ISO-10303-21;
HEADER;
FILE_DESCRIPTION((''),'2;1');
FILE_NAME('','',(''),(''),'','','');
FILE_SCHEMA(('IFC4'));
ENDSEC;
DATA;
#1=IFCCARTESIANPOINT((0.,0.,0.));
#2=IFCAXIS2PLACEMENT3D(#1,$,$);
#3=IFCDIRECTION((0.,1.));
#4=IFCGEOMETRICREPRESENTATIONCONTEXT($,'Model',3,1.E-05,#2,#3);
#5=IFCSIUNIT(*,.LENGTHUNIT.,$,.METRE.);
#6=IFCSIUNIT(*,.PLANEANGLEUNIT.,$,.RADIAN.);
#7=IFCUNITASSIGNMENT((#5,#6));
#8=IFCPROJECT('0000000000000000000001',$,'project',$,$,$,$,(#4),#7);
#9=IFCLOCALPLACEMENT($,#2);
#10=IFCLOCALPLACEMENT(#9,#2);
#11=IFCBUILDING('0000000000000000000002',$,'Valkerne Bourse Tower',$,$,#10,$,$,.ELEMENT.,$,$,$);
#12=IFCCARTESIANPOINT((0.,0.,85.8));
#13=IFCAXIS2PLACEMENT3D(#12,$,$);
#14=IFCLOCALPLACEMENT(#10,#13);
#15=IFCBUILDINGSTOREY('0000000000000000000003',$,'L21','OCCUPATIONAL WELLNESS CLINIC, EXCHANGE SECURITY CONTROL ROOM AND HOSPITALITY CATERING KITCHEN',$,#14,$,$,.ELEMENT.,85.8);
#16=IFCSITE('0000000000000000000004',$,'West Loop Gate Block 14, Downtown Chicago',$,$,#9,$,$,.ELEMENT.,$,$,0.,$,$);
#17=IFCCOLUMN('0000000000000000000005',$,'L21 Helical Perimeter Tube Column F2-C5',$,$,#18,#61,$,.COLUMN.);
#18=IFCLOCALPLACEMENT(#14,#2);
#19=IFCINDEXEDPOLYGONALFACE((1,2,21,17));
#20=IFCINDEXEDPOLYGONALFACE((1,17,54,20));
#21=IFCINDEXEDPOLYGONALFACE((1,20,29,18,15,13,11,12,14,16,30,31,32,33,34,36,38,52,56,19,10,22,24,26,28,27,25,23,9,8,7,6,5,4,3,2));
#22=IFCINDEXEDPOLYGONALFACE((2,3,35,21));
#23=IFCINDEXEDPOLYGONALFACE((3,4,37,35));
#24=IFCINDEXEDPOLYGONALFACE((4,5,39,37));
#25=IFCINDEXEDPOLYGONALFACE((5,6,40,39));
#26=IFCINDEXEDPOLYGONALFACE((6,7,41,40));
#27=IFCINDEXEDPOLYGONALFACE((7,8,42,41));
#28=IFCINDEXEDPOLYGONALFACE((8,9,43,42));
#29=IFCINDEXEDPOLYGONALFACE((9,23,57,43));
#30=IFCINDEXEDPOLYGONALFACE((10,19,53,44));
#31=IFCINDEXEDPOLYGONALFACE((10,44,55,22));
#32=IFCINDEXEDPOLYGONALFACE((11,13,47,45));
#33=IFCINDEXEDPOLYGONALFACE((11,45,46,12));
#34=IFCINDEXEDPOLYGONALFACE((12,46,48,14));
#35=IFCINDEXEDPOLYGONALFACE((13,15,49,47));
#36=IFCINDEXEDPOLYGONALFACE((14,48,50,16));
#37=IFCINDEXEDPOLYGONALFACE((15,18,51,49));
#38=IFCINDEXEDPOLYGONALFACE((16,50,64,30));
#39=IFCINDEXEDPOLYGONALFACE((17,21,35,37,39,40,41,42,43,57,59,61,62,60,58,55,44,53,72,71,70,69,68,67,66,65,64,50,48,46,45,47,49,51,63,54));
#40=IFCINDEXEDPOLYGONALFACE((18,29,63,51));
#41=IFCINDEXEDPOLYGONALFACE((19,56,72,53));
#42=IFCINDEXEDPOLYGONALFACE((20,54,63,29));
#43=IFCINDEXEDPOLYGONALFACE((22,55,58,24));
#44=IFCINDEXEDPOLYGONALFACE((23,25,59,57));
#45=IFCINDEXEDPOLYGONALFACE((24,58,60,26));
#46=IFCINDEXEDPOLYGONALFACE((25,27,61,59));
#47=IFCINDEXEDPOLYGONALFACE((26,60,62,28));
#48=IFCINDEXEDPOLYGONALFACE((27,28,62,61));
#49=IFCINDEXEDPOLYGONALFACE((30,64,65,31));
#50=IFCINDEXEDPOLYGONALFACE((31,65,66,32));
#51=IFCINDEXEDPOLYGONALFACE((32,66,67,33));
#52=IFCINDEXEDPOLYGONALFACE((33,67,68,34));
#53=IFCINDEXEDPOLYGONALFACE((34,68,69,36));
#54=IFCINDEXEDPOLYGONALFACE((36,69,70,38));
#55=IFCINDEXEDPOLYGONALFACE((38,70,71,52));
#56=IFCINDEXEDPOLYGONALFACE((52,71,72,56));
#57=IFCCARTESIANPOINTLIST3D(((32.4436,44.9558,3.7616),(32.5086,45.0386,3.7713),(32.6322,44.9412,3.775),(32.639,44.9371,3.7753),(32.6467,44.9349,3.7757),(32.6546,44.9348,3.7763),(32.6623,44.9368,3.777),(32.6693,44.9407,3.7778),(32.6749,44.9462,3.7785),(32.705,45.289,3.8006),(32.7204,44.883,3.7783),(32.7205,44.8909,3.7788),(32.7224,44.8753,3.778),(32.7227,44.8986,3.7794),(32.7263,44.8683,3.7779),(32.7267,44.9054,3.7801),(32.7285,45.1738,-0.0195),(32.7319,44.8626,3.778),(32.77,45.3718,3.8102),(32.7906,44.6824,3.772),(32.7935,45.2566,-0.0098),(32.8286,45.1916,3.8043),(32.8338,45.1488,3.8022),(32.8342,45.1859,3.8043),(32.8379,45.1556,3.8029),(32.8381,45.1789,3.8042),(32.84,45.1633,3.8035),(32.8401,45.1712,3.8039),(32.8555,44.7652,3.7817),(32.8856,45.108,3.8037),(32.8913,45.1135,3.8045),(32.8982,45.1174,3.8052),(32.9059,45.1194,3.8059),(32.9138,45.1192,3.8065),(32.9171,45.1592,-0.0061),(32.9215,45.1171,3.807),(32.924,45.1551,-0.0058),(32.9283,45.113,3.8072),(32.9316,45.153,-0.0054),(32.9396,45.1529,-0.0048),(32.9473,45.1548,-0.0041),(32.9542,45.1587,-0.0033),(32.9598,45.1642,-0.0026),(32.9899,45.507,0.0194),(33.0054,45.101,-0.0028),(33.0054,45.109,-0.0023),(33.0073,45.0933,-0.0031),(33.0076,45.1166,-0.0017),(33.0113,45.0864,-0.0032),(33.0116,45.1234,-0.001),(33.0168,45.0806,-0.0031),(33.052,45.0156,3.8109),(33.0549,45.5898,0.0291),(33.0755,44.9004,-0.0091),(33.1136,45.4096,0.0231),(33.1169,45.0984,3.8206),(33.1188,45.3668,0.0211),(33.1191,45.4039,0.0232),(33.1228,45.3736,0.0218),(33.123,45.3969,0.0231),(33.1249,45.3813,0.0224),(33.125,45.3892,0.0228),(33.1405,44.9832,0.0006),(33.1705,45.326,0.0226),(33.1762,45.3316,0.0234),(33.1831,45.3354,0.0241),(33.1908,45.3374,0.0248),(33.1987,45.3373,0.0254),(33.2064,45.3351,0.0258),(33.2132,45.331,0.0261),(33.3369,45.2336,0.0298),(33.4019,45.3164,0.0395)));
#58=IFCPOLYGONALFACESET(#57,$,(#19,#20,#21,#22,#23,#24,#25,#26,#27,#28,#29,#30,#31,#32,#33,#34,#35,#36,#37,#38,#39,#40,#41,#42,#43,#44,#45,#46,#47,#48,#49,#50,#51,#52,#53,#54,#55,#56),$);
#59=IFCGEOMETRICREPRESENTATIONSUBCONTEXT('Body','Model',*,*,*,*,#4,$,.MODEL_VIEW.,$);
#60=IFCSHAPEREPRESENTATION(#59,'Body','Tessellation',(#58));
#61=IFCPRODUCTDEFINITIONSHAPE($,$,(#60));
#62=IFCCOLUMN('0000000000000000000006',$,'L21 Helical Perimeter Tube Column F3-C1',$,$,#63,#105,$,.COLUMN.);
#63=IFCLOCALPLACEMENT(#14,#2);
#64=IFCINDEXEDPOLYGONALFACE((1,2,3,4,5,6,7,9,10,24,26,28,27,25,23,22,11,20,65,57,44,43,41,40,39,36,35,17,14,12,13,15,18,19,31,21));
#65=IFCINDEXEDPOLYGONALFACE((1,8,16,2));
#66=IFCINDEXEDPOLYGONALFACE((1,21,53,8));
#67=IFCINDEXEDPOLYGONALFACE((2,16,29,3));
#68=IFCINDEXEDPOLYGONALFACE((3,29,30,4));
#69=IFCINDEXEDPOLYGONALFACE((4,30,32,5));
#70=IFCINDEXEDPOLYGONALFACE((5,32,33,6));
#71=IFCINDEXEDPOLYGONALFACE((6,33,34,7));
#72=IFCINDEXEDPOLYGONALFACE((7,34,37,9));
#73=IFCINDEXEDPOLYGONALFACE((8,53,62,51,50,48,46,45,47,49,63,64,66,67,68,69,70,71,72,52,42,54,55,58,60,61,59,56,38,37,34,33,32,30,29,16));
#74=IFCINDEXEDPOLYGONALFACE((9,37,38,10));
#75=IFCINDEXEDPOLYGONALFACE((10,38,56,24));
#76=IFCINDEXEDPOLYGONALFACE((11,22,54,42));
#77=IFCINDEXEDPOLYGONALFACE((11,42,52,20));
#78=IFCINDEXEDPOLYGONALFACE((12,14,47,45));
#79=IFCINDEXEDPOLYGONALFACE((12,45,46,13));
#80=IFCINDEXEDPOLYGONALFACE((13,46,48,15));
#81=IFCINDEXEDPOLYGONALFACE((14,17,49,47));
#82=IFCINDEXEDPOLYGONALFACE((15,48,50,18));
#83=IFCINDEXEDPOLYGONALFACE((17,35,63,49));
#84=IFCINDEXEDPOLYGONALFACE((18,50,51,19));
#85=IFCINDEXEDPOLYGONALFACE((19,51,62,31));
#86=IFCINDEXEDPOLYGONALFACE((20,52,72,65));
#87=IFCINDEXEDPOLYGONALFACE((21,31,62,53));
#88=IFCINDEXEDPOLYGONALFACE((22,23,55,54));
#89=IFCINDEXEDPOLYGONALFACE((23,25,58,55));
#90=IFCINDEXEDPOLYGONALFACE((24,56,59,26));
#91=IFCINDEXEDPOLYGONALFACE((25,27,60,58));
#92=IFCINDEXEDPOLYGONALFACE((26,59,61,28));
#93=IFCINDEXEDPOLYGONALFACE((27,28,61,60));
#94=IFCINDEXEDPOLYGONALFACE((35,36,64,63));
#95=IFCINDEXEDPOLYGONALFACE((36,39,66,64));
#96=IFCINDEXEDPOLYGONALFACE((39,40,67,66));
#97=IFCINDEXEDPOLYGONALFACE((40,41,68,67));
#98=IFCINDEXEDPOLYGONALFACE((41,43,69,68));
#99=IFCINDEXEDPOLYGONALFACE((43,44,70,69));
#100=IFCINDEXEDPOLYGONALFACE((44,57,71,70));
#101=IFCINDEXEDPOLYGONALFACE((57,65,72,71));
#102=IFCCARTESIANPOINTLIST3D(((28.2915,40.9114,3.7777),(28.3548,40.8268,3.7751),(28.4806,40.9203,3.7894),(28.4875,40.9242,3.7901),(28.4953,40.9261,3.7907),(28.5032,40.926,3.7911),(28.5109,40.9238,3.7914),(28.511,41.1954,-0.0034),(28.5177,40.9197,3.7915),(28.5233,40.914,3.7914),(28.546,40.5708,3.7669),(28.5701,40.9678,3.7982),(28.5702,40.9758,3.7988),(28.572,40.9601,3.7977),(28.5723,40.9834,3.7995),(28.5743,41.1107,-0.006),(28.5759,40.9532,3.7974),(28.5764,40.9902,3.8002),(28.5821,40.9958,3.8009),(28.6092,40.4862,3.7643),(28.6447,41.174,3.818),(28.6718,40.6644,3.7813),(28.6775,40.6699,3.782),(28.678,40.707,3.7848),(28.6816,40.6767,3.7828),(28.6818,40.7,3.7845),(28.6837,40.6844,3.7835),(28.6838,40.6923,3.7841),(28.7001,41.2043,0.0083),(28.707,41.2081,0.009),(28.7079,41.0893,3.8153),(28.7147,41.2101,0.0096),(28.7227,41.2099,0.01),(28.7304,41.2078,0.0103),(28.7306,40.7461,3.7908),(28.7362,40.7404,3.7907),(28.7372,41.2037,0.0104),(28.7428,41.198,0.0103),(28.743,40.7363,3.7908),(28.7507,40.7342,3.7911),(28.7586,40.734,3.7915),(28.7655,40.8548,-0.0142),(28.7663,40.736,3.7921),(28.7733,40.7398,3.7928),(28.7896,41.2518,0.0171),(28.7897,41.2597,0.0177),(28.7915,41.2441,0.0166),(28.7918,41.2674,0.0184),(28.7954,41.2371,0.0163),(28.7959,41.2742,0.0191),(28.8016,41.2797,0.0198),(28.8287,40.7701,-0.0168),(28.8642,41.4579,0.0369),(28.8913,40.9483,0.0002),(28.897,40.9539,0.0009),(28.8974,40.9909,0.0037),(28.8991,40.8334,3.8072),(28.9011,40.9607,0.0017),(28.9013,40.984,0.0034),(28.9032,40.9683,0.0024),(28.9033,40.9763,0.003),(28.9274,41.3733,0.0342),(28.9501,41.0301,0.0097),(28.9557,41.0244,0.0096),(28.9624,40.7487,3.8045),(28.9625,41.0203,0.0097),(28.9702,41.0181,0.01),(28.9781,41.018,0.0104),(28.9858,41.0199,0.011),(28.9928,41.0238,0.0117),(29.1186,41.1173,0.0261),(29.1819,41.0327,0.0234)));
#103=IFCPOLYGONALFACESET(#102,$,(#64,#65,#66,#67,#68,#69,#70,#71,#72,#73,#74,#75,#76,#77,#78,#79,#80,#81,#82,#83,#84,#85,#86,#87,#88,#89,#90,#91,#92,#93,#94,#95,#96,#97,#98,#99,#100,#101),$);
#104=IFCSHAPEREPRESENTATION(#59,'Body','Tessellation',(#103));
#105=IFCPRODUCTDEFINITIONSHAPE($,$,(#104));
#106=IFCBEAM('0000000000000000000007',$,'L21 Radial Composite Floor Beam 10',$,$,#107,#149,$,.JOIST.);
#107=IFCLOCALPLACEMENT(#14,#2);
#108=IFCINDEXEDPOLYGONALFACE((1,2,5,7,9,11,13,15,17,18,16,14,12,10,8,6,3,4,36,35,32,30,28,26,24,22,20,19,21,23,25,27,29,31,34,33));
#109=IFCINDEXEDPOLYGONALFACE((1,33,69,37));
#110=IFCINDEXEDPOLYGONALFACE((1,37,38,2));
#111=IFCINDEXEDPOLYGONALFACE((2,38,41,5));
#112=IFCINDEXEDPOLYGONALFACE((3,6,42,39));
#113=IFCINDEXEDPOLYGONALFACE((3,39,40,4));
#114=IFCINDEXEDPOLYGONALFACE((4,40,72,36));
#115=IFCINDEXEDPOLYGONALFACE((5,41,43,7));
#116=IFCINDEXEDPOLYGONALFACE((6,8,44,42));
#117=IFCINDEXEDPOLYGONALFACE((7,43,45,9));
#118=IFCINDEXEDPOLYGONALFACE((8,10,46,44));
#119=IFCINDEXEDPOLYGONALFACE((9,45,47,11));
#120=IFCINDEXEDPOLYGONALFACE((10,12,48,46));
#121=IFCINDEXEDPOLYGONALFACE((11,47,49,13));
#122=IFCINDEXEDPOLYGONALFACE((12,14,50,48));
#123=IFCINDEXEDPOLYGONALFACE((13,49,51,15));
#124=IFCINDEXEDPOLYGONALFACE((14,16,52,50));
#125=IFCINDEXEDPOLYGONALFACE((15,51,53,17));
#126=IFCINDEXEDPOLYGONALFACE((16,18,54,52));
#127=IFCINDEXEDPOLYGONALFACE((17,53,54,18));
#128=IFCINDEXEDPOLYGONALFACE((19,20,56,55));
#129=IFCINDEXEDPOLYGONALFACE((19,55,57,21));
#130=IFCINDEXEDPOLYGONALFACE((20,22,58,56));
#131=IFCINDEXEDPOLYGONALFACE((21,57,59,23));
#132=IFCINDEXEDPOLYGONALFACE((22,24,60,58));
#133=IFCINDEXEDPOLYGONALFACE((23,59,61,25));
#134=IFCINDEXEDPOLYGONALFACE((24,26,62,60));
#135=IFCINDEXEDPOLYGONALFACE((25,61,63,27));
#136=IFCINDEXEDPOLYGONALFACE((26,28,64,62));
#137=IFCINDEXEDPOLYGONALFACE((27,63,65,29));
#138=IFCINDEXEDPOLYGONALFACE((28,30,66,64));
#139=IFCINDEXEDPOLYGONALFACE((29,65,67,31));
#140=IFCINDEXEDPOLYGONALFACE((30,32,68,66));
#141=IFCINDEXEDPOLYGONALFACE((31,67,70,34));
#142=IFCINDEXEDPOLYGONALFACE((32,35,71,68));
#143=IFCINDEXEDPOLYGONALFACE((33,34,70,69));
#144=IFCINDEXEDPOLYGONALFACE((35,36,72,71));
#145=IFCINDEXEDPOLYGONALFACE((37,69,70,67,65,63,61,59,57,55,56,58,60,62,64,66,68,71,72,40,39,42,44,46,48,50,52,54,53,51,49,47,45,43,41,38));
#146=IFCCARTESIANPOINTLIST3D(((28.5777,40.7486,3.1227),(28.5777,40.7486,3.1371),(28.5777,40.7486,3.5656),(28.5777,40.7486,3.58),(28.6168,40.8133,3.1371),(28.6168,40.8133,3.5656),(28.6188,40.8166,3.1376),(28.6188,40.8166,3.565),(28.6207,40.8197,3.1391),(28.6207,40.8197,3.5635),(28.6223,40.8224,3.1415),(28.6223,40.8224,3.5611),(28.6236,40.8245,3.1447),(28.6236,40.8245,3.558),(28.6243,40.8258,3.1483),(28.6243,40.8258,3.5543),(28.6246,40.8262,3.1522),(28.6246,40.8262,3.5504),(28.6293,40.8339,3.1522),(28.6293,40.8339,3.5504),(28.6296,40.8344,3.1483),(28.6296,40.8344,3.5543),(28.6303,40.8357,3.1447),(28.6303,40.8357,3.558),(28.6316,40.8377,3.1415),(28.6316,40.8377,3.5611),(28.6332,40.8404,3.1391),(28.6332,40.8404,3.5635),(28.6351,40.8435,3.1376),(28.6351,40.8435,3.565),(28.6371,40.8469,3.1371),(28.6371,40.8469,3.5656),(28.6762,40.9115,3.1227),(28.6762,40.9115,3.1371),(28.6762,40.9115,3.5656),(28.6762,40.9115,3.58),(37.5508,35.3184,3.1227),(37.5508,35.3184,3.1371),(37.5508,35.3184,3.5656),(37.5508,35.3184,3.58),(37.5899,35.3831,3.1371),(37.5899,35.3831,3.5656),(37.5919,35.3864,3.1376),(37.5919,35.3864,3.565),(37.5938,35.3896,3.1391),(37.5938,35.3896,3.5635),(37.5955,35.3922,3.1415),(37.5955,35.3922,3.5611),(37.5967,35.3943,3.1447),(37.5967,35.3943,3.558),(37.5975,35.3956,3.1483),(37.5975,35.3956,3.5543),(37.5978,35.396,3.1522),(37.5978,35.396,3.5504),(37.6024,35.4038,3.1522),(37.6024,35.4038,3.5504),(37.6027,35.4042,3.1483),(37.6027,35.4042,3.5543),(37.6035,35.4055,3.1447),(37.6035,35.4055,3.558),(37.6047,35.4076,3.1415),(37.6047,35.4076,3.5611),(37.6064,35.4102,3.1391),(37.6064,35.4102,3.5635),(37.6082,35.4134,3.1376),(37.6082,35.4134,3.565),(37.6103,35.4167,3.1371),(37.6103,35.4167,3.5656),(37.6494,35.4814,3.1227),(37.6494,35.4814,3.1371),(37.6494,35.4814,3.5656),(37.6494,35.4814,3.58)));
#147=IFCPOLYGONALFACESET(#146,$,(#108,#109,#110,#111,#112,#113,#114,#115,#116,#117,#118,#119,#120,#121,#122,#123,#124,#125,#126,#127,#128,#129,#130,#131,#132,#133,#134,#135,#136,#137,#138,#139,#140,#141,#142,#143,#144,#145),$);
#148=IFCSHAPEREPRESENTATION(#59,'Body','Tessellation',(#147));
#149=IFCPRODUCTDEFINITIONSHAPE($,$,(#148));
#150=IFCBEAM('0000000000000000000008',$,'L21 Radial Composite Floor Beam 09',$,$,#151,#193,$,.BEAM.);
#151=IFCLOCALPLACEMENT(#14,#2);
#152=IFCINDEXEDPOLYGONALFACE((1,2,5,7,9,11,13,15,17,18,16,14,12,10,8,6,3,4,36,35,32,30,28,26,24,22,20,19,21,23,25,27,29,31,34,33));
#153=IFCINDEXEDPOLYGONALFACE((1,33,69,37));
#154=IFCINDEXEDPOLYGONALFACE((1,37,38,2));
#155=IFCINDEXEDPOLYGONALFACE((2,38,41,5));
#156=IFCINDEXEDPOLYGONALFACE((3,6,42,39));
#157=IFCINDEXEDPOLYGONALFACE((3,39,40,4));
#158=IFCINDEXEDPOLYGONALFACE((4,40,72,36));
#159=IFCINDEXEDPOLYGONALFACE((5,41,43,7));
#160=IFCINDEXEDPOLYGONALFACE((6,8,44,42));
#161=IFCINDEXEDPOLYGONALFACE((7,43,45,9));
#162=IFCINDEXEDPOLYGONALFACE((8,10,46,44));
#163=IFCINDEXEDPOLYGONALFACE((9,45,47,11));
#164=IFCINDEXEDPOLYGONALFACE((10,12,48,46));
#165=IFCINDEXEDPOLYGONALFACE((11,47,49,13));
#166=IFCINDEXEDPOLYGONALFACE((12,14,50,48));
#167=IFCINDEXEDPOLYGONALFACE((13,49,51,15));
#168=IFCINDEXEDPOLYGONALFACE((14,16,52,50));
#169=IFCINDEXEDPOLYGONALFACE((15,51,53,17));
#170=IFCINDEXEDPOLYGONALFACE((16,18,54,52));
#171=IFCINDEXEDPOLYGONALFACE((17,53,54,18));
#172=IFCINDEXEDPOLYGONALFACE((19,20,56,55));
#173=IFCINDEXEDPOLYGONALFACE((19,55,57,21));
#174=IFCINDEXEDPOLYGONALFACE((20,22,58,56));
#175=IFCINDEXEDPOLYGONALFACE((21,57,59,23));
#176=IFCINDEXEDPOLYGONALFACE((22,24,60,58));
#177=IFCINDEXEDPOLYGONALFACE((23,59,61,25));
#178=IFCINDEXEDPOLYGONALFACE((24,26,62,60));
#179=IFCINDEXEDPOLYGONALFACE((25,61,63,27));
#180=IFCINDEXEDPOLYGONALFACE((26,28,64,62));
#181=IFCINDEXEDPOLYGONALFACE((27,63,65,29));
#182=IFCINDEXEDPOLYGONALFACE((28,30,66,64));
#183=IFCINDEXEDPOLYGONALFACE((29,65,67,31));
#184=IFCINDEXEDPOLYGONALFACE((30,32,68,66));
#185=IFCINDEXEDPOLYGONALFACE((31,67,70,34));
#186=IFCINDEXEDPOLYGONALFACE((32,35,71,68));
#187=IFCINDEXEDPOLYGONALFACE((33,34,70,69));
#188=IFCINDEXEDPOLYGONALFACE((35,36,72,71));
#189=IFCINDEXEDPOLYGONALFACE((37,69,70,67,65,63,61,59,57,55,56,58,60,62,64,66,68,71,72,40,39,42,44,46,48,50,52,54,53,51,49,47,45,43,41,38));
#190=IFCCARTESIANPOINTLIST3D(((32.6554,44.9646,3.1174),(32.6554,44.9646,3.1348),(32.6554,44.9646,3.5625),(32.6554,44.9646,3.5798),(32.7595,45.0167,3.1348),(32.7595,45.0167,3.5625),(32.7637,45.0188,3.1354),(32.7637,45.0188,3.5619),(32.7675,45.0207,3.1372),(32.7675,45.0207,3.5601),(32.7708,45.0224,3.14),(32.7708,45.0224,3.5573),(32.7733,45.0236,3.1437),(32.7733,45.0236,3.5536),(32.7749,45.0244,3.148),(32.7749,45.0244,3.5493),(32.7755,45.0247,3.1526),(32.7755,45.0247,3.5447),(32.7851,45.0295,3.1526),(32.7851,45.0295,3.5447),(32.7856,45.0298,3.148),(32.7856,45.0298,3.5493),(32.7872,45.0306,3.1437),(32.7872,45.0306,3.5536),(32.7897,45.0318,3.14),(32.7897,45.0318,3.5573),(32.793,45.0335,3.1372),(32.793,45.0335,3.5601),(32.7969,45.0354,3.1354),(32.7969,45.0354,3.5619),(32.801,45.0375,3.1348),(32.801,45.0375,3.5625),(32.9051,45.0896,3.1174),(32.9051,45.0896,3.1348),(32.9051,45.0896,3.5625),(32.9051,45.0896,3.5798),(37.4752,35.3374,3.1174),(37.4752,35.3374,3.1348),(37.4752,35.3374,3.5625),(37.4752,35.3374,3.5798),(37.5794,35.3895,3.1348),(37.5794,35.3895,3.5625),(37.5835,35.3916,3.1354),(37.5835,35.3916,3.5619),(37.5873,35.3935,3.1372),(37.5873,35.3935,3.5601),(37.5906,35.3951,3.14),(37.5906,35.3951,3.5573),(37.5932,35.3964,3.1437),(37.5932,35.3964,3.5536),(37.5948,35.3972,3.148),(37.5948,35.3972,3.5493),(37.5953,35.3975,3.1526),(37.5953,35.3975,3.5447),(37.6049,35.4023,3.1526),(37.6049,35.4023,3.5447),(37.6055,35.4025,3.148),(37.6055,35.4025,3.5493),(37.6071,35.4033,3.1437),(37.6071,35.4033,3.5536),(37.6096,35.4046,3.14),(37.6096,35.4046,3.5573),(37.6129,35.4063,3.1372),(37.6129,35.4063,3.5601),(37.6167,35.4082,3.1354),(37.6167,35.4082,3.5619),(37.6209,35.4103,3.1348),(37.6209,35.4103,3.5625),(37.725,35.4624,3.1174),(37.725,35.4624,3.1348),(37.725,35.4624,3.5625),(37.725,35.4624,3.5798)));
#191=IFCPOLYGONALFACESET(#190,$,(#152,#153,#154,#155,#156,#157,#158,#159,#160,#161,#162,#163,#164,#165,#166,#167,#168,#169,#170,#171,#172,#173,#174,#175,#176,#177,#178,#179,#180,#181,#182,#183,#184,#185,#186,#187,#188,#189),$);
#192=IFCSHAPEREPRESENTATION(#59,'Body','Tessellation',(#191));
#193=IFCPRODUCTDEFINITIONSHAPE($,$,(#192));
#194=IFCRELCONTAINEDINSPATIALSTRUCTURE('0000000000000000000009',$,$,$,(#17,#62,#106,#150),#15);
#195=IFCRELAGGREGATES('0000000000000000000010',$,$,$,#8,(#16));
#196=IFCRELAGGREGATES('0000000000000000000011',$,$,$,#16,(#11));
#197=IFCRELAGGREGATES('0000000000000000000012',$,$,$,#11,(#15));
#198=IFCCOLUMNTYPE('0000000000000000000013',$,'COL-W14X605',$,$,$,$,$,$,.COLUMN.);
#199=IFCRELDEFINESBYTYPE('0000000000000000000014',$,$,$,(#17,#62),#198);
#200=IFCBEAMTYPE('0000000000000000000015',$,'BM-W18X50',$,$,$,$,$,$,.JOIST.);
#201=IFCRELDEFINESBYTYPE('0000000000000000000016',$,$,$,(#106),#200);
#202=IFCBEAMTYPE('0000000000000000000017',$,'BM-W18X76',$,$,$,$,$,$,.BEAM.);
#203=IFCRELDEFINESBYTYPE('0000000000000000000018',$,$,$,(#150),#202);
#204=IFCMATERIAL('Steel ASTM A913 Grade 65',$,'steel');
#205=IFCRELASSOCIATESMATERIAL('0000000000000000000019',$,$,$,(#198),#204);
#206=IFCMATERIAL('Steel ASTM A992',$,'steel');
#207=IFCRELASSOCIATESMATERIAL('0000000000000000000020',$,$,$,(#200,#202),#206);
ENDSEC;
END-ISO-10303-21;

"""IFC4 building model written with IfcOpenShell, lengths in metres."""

from ifc_helpers import new_model, si_unit, direction, frame, origin, origin_2d, place, context, subcontext, project, spatial, i_section, extrude, material, material_profile, profile_set, type_object, element, save


model = new_model("IFC4")

# Units and contexts
model_context = context("Model", 3, precision=1e-05, world=origin(), true_north=direction((0.0, 1.0)))
body_context = subcontext(model_context, "Body", "Model", "MODEL_VIEW")
ifc_project = project(units=[si_unit("LENGTHUNIT", "METRE"), si_unit("PLANEANGLEUNIT", "RADIAN")], contexts=[model_context])

# Site, building, storey
site_placement = place(None, origin())
site = spatial("IfcSite", under=ifc_project, at=site_placement, Name="West Loop Gate Block 14, Downtown Chicago", CompositionType="ELEMENT", RefElevation=0.0)
building_placement = place(site_placement, origin())
building = spatial("IfcBuilding", under=site, at=building_placement, Name="Valkerne Bourse Tower", CompositionType="ELEMENT")
storey_placement = place(building_placement, frame((0.0, 0.0, 85.8)))
storey = spatial("IfcBuildingStorey", under=building, at=storey_placement, Name="L21", Description="OCCUPATIONAL WELLNESS CLINIC, EXCHANGE SECURITY CONTROL ROOM AND HOSPITALITY CATERING KITCHEN", CompositionType="ELEMENT", Elevation=85.8)

# Columns
ifc_material_1 = material(Name="Steel ASTM A913 Grade 65", Category="steel")
ifc_material_profile_1 = material_profile(ifc_material_1, i_section(OverallWidth=0.4419, OverallDepth=0.531, WebThickness=0.0659, FlangeThickness=0.1057, FilletRadius=0.0305, at=origin_2d()), Name="W14X605")
ifc_profile_set_1 = profile_set([ifc_material_profile_1], Name="Steel ASTM A913 Grade 65")
column_type = type_object("IfcColumnType", Name="COL-W14X605", PredefinedType="COLUMN", material=ifc_profile_set_1)
for number, where, z_axis, x_axis, name in (
    (1, (33.0652, 45.2451, 0.01), (-0.075017, -0.057403, 0.995529), (-0.785228, 0.618761, -0.023491), "L21 Helical Perimeter Tube Column F2-C5"),
    (2, (28.8464, 41.114, 0.01), (-0.057789, -0.074759, 0.995526), (-0.799182, -0.594159, -0.09101), "L21 Helical Perimeter Tube Column F3-C1"),
):
    element("IfcColumn", number, at=place(storey_placement, frame(where, z_axis=z_axis, x_axis=x_axis)), inside=storey, type_object=column_type, Name=name, PredefinedType="COLUMN", context=body_context, shape_type="SweptSolid", body=[
        extrude(i_section(OverallWidth=0.4419, OverallDepth=0.531, WebThickness=0.0659, FlangeThickness=0.1057, FilletRadius=0.0305, at=origin_2d()), origin(), (0.0, 0.0, 1.0), 3.7981),
    ])

# Beams
ifc_material_2 = material(Name="Steel ASTM A992", Category="steel")
ifc_material_profile_2 = material_profile(ifc_material_2, i_section(OverallWidth=0.1904, OverallDepth=0.4573, WebThickness=0.009, FlangeThickness=0.0144, FilletRadius=0.0151, at=origin_2d()), Name="W18X50")
ifc_profile_set_2 = profile_set([ifc_material_profile_2], Name="Steel ASTM A992")
beam_type_1 = type_object("IfcBeamType", Name="BM-W18X50", PredefinedType="JOIST", material=ifc_profile_set_2)
beam_1_placement = place(storey_placement, frame((28.627, 40.8301, 3.3513), z_axis=(0.85554, -0.517737, 0.0), x_axis=(0.517737, 0.85554, 0.0)))
element("IfcBeam", 3, at=beam_1_placement, inside=storey, type_object=beam_type_1, Name="L21 Radial Composite Floor Beam 10", PredefinedType="JOIST", context=body_context, shape_type="SweptSolid", body=[
    extrude(i_section(OverallWidth=0.1904, OverallDepth=0.4573, WebThickness=0.009, FlangeThickness=0.0144, FilletRadius=0.0151, at=origin_2d()), origin(), (0.0, 0.0, 1.0), 10.4883),
])
ifc_material_profile_3 = material_profile(ifc_material_2, i_section(OverallWidth=0.2793, OverallDepth=0.4624, WebThickness=0.0107, FlangeThickness=0.0173, FilletRadius=0.0178, at=origin_2d()), Name="W18X76")
ifc_profile_set_3 = profile_set([ifc_material_profile_3], Name="Steel ASTM A992")
beam_type_2 = type_object("IfcBeamType", Name="BM-W18X76", PredefinedType="BEAM", material=ifc_profile_set_3)
beam_2_placement = place(storey_placement, frame((32.7803, 45.0271, 3.3486), z_axis=(0.447676, -0.894196, 0.0), x_axis=(0.894196, 0.447676, 0.0)))
element("IfcBeam", 4, at=beam_2_placement, inside=storey, type_object=beam_type_2, Name="L21 Radial Composite Floor Beam 09", PredefinedType="BEAM", context=body_context, shape_type="SweptSolid", body=[
    extrude(i_section(OverallWidth=0.2793, OverallDepth=0.4624, WebThickness=0.0107, FlangeThickness=0.0173, FilletRadius=0.0178, at=origin_2d()), origin(), (0.0, 0.0, 1.0), 10.7664),
])

save(model, "model.ifc")
